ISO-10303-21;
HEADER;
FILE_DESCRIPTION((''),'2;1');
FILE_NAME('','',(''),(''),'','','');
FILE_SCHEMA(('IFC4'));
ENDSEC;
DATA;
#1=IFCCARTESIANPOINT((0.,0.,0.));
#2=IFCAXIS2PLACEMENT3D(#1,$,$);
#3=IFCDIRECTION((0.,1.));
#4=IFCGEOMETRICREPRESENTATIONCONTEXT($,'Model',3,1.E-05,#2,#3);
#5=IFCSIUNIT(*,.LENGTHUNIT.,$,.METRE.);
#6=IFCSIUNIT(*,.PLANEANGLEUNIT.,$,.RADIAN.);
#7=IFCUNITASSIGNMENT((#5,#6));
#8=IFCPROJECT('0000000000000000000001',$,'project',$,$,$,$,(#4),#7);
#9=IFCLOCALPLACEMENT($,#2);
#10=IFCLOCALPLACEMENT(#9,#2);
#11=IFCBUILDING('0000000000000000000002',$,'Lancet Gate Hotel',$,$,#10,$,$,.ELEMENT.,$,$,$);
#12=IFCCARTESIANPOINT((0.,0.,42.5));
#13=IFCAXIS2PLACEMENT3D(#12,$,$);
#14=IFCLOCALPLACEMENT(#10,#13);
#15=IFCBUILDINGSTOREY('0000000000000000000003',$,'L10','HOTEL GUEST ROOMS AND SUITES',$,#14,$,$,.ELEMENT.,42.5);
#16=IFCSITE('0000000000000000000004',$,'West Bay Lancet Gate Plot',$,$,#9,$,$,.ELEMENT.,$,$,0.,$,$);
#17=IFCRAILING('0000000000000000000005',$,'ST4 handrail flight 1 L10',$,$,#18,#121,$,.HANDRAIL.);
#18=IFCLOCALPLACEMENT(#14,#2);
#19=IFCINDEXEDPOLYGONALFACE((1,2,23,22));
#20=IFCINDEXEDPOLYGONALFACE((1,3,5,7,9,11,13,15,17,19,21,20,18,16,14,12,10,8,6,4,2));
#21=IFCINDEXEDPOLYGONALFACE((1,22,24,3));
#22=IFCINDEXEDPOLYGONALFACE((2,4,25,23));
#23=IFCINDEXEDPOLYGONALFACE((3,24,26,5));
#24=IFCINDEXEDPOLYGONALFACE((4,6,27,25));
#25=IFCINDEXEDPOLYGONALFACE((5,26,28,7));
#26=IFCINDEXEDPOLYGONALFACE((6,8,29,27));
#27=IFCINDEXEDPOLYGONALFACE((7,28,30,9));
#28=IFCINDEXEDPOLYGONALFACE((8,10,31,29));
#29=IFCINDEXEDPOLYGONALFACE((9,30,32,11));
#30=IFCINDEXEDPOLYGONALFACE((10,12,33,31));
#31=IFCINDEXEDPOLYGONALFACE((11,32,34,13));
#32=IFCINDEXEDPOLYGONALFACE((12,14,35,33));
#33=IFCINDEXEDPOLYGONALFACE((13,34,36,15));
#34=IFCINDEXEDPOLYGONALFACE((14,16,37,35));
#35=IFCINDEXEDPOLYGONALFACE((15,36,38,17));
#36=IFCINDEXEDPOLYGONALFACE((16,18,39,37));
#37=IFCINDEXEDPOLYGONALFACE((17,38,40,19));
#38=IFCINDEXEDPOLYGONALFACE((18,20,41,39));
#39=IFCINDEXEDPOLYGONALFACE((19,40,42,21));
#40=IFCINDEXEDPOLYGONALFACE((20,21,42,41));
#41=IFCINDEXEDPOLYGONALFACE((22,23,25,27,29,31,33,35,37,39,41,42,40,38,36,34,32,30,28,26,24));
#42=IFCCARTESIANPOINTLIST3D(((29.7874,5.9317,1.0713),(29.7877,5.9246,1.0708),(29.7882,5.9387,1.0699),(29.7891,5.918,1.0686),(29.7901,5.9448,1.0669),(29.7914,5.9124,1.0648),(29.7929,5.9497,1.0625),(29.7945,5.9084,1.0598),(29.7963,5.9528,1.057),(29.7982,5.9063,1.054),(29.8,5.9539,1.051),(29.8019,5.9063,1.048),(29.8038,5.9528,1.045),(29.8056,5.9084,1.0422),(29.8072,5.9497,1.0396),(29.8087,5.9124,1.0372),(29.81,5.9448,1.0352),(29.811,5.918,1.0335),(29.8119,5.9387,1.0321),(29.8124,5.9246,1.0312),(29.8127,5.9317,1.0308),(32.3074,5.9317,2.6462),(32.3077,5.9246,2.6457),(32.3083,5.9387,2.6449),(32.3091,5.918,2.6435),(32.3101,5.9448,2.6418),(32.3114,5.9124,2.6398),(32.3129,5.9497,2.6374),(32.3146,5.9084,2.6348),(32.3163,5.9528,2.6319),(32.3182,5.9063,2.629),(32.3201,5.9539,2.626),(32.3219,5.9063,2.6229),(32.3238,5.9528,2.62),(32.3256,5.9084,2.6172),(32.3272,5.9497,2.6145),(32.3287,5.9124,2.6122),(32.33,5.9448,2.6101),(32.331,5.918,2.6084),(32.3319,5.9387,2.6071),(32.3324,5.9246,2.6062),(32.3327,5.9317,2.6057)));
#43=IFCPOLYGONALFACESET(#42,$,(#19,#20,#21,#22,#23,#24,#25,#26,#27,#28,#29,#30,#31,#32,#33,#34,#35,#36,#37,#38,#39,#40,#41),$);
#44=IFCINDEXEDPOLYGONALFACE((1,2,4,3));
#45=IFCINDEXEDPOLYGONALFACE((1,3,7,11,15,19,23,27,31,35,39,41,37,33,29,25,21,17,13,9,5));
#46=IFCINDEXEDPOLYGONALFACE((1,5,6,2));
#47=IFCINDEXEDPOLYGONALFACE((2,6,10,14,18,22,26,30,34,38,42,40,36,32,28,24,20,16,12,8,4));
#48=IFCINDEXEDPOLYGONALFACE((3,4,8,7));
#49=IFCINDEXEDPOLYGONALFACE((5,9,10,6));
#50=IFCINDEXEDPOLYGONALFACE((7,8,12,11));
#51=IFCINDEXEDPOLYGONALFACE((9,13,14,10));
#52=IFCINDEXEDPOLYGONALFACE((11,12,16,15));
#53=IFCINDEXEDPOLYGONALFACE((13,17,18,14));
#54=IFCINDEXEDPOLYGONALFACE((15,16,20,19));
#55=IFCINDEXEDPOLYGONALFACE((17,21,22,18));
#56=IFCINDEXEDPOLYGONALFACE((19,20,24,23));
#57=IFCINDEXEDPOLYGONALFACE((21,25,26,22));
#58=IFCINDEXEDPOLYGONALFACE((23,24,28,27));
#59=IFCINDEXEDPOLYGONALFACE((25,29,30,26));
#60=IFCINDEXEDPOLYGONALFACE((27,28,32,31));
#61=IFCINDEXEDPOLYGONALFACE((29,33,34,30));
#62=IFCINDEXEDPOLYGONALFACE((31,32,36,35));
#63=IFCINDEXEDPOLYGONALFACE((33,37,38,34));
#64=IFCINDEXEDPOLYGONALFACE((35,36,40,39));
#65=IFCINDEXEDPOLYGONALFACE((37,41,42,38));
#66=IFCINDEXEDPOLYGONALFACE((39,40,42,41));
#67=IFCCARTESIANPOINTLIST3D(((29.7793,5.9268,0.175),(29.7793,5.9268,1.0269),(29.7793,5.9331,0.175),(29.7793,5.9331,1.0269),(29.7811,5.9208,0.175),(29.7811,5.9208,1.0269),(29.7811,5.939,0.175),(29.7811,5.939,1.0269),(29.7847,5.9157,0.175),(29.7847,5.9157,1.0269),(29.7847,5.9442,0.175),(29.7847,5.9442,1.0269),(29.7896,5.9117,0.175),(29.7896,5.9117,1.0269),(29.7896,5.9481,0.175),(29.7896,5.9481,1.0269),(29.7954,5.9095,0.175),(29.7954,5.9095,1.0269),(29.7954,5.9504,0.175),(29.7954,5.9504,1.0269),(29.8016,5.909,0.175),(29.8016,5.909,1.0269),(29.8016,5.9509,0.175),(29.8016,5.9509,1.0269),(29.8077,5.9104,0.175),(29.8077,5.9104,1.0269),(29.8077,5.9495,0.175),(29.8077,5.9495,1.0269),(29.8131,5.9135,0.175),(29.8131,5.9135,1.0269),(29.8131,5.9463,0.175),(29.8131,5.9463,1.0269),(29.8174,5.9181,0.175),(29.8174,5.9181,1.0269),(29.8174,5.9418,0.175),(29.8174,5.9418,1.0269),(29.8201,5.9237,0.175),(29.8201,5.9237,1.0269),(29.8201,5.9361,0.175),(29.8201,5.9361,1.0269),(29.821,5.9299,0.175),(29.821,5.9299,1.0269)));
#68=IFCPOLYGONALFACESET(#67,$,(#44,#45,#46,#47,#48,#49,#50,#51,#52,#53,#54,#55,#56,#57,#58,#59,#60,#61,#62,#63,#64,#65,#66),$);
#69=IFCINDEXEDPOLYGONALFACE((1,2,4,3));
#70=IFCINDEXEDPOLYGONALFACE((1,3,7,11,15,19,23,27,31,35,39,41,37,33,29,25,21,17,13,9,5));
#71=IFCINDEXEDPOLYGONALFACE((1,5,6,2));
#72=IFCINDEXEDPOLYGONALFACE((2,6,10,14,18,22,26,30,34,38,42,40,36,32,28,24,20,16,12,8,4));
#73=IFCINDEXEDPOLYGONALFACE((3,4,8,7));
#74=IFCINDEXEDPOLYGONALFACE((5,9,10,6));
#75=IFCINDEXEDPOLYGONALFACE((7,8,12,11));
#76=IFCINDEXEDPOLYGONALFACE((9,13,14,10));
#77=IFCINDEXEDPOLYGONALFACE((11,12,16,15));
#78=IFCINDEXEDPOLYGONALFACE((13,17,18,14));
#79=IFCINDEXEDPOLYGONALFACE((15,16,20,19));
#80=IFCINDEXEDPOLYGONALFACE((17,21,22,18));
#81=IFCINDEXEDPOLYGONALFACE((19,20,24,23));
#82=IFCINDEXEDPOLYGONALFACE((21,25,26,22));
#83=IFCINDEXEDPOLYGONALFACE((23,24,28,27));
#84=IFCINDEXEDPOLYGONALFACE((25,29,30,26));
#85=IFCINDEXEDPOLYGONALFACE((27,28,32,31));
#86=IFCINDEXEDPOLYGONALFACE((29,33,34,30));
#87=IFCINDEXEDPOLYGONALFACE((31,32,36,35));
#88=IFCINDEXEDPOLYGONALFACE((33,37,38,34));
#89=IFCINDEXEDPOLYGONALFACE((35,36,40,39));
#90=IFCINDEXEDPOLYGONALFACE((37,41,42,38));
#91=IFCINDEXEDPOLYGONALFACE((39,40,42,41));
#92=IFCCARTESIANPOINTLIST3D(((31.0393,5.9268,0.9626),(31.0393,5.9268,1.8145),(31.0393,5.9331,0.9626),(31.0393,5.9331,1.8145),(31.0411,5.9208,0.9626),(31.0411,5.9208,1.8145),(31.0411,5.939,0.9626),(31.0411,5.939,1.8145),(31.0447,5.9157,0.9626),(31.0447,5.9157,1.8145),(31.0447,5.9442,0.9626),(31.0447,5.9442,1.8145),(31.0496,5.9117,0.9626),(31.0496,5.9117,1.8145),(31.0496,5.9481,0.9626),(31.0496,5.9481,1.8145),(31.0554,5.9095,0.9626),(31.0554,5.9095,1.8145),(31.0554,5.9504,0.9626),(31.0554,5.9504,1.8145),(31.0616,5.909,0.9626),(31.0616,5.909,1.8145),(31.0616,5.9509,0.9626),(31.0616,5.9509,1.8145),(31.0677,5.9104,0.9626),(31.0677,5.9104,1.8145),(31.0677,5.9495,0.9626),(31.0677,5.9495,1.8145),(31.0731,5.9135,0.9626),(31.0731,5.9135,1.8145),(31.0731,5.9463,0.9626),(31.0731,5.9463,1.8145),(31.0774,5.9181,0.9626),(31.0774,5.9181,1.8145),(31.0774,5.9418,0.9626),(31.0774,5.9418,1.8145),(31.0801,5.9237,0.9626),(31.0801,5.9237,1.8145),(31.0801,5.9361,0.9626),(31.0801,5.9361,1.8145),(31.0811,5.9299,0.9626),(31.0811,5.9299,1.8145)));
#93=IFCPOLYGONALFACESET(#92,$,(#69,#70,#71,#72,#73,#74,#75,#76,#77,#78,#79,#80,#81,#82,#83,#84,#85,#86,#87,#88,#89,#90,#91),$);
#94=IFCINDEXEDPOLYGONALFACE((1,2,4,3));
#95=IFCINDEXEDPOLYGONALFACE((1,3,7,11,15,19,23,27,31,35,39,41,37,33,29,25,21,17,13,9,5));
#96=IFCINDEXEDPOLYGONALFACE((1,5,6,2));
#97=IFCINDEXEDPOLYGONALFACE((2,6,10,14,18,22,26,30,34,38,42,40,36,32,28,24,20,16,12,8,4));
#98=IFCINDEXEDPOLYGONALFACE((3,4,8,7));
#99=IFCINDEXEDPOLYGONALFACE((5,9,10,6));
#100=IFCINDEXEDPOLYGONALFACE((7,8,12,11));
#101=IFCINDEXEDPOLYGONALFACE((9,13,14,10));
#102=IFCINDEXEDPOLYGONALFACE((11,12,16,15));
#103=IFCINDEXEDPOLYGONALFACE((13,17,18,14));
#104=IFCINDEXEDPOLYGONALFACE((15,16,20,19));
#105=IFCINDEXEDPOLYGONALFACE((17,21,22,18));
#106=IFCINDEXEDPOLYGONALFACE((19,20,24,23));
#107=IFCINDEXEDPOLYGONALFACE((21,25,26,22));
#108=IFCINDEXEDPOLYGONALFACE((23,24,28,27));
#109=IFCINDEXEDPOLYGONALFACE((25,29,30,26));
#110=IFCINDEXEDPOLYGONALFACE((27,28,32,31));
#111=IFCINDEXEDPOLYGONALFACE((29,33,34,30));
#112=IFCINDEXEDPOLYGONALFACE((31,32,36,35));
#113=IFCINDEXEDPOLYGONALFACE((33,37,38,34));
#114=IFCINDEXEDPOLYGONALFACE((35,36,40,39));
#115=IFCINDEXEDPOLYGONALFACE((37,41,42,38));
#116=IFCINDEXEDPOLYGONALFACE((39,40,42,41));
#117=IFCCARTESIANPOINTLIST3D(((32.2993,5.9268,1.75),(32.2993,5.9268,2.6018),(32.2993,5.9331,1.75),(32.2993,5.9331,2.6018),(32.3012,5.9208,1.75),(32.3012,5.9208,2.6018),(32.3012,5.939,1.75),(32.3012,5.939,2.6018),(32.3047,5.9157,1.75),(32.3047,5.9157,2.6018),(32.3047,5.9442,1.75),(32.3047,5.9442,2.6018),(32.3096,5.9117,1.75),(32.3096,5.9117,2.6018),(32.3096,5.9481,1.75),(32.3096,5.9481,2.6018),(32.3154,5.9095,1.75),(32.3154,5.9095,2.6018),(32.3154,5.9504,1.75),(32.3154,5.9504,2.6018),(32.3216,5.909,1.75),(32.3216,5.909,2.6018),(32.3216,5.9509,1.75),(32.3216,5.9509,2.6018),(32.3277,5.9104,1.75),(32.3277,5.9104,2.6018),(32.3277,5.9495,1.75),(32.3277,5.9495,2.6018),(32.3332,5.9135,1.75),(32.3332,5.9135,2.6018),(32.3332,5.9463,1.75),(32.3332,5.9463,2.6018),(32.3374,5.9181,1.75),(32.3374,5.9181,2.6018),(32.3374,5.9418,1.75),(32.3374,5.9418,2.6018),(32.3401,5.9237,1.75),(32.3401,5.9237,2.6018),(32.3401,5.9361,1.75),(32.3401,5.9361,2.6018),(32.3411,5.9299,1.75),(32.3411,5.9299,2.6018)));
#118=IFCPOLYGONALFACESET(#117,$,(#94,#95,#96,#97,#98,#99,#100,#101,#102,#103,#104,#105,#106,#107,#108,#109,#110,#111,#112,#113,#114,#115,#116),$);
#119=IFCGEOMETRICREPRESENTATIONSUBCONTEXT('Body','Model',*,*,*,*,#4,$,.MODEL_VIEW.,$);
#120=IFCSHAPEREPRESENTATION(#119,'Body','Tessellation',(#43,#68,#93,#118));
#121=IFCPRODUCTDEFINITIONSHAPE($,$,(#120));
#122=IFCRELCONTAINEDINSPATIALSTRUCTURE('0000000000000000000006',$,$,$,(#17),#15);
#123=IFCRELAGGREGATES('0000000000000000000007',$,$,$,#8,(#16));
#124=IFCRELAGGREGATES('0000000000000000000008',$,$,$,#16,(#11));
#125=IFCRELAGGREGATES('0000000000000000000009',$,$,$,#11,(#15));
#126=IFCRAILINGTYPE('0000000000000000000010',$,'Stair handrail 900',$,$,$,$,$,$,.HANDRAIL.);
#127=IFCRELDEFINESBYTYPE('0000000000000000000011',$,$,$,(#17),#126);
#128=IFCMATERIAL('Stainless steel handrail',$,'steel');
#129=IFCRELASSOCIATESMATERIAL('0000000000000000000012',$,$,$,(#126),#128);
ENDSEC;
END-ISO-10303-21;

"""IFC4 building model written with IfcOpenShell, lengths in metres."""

from ifc_helpers import new_model, si_unit, direction, frame, origin, origin_2d, place, context, subcontext, project, spatial, circle, extrude, material, type_object, element, save


model = new_model("IFC4")

# Units and contexts
model_context = context("Model", 3, precision=1e-05, world=origin(), true_north=direction((0.0, 1.0)))
body_context = subcontext(model_context, "Body", "Model", "MODEL_VIEW")
ifc_project = project(units=[si_unit("LENGTHUNIT", "METRE"), si_unit("PLANEANGLEUNIT", "RADIAN")], contexts=[model_context])

# Site, building, storey
site_placement = place(None, origin())
site = spatial("IfcSite", under=ifc_project, at=site_placement, Name="West Bay Lancet Gate Plot", CompositionType="ELEMENT", RefElevation=0.0)
building_placement = place(site_placement, origin())
building = spatial("IfcBuilding", under=site, at=building_placement, Name="Lancet Gate Hotel", CompositionType="ELEMENT")
storey_placement = place(building_placement, frame((0.0, 0.0, 42.5)))
storey = spatial("IfcBuildingStorey", under=building, at=storey_placement, Name="L10", Description="HOTEL GUEST ROOMS AND SUITES", CompositionType="ELEMENT", Elevation=42.5)

# Railing
ifc_material_1 = material(Name="Stainless steel handrail", Category="steel")
railing_type = type_object("IfcRailingType", Name="Stair handrail 900", PredefinedType="HANDRAIL", material=ifc_material_1)
railing_1_placement = place(storey_placement, frame((29.8, 5.9299, 0.175)))
element("IfcRailing", 1, at=railing_1_placement, inside=storey, type_object=railing_type, Name="ST4 handrail flight 1 L10", PredefinedType="HANDRAIL", context=body_context, shape_type="SweptSolid", body=[
    extrude(circle(Radius=0.0239, at=origin_2d()), frame((0.0, 0.0, 0.876), z_axis=(0.848008, 0.0, 0.529984), x_axis=(0.0, 1.0, 0.0)), (0.0, 0.0, 1.0), 2.9717),
    extrude(circle(Radius=0.021, at=origin_2d()), origin(), (0.0, 0.0, 1.0), 0.8518),
    extrude(circle(Radius=0.021, at=origin_2d()), frame((1.26, 0.0, 0.7876)), (0.0, 0.0, 1.0), 0.8518),
    extrude(circle(Radius=0.021, at=origin_2d()), frame((2.52, 0.0, 1.575)), (0.0, 0.0, 1.0), 0.8518),
])

save(model, "model.ifc")
